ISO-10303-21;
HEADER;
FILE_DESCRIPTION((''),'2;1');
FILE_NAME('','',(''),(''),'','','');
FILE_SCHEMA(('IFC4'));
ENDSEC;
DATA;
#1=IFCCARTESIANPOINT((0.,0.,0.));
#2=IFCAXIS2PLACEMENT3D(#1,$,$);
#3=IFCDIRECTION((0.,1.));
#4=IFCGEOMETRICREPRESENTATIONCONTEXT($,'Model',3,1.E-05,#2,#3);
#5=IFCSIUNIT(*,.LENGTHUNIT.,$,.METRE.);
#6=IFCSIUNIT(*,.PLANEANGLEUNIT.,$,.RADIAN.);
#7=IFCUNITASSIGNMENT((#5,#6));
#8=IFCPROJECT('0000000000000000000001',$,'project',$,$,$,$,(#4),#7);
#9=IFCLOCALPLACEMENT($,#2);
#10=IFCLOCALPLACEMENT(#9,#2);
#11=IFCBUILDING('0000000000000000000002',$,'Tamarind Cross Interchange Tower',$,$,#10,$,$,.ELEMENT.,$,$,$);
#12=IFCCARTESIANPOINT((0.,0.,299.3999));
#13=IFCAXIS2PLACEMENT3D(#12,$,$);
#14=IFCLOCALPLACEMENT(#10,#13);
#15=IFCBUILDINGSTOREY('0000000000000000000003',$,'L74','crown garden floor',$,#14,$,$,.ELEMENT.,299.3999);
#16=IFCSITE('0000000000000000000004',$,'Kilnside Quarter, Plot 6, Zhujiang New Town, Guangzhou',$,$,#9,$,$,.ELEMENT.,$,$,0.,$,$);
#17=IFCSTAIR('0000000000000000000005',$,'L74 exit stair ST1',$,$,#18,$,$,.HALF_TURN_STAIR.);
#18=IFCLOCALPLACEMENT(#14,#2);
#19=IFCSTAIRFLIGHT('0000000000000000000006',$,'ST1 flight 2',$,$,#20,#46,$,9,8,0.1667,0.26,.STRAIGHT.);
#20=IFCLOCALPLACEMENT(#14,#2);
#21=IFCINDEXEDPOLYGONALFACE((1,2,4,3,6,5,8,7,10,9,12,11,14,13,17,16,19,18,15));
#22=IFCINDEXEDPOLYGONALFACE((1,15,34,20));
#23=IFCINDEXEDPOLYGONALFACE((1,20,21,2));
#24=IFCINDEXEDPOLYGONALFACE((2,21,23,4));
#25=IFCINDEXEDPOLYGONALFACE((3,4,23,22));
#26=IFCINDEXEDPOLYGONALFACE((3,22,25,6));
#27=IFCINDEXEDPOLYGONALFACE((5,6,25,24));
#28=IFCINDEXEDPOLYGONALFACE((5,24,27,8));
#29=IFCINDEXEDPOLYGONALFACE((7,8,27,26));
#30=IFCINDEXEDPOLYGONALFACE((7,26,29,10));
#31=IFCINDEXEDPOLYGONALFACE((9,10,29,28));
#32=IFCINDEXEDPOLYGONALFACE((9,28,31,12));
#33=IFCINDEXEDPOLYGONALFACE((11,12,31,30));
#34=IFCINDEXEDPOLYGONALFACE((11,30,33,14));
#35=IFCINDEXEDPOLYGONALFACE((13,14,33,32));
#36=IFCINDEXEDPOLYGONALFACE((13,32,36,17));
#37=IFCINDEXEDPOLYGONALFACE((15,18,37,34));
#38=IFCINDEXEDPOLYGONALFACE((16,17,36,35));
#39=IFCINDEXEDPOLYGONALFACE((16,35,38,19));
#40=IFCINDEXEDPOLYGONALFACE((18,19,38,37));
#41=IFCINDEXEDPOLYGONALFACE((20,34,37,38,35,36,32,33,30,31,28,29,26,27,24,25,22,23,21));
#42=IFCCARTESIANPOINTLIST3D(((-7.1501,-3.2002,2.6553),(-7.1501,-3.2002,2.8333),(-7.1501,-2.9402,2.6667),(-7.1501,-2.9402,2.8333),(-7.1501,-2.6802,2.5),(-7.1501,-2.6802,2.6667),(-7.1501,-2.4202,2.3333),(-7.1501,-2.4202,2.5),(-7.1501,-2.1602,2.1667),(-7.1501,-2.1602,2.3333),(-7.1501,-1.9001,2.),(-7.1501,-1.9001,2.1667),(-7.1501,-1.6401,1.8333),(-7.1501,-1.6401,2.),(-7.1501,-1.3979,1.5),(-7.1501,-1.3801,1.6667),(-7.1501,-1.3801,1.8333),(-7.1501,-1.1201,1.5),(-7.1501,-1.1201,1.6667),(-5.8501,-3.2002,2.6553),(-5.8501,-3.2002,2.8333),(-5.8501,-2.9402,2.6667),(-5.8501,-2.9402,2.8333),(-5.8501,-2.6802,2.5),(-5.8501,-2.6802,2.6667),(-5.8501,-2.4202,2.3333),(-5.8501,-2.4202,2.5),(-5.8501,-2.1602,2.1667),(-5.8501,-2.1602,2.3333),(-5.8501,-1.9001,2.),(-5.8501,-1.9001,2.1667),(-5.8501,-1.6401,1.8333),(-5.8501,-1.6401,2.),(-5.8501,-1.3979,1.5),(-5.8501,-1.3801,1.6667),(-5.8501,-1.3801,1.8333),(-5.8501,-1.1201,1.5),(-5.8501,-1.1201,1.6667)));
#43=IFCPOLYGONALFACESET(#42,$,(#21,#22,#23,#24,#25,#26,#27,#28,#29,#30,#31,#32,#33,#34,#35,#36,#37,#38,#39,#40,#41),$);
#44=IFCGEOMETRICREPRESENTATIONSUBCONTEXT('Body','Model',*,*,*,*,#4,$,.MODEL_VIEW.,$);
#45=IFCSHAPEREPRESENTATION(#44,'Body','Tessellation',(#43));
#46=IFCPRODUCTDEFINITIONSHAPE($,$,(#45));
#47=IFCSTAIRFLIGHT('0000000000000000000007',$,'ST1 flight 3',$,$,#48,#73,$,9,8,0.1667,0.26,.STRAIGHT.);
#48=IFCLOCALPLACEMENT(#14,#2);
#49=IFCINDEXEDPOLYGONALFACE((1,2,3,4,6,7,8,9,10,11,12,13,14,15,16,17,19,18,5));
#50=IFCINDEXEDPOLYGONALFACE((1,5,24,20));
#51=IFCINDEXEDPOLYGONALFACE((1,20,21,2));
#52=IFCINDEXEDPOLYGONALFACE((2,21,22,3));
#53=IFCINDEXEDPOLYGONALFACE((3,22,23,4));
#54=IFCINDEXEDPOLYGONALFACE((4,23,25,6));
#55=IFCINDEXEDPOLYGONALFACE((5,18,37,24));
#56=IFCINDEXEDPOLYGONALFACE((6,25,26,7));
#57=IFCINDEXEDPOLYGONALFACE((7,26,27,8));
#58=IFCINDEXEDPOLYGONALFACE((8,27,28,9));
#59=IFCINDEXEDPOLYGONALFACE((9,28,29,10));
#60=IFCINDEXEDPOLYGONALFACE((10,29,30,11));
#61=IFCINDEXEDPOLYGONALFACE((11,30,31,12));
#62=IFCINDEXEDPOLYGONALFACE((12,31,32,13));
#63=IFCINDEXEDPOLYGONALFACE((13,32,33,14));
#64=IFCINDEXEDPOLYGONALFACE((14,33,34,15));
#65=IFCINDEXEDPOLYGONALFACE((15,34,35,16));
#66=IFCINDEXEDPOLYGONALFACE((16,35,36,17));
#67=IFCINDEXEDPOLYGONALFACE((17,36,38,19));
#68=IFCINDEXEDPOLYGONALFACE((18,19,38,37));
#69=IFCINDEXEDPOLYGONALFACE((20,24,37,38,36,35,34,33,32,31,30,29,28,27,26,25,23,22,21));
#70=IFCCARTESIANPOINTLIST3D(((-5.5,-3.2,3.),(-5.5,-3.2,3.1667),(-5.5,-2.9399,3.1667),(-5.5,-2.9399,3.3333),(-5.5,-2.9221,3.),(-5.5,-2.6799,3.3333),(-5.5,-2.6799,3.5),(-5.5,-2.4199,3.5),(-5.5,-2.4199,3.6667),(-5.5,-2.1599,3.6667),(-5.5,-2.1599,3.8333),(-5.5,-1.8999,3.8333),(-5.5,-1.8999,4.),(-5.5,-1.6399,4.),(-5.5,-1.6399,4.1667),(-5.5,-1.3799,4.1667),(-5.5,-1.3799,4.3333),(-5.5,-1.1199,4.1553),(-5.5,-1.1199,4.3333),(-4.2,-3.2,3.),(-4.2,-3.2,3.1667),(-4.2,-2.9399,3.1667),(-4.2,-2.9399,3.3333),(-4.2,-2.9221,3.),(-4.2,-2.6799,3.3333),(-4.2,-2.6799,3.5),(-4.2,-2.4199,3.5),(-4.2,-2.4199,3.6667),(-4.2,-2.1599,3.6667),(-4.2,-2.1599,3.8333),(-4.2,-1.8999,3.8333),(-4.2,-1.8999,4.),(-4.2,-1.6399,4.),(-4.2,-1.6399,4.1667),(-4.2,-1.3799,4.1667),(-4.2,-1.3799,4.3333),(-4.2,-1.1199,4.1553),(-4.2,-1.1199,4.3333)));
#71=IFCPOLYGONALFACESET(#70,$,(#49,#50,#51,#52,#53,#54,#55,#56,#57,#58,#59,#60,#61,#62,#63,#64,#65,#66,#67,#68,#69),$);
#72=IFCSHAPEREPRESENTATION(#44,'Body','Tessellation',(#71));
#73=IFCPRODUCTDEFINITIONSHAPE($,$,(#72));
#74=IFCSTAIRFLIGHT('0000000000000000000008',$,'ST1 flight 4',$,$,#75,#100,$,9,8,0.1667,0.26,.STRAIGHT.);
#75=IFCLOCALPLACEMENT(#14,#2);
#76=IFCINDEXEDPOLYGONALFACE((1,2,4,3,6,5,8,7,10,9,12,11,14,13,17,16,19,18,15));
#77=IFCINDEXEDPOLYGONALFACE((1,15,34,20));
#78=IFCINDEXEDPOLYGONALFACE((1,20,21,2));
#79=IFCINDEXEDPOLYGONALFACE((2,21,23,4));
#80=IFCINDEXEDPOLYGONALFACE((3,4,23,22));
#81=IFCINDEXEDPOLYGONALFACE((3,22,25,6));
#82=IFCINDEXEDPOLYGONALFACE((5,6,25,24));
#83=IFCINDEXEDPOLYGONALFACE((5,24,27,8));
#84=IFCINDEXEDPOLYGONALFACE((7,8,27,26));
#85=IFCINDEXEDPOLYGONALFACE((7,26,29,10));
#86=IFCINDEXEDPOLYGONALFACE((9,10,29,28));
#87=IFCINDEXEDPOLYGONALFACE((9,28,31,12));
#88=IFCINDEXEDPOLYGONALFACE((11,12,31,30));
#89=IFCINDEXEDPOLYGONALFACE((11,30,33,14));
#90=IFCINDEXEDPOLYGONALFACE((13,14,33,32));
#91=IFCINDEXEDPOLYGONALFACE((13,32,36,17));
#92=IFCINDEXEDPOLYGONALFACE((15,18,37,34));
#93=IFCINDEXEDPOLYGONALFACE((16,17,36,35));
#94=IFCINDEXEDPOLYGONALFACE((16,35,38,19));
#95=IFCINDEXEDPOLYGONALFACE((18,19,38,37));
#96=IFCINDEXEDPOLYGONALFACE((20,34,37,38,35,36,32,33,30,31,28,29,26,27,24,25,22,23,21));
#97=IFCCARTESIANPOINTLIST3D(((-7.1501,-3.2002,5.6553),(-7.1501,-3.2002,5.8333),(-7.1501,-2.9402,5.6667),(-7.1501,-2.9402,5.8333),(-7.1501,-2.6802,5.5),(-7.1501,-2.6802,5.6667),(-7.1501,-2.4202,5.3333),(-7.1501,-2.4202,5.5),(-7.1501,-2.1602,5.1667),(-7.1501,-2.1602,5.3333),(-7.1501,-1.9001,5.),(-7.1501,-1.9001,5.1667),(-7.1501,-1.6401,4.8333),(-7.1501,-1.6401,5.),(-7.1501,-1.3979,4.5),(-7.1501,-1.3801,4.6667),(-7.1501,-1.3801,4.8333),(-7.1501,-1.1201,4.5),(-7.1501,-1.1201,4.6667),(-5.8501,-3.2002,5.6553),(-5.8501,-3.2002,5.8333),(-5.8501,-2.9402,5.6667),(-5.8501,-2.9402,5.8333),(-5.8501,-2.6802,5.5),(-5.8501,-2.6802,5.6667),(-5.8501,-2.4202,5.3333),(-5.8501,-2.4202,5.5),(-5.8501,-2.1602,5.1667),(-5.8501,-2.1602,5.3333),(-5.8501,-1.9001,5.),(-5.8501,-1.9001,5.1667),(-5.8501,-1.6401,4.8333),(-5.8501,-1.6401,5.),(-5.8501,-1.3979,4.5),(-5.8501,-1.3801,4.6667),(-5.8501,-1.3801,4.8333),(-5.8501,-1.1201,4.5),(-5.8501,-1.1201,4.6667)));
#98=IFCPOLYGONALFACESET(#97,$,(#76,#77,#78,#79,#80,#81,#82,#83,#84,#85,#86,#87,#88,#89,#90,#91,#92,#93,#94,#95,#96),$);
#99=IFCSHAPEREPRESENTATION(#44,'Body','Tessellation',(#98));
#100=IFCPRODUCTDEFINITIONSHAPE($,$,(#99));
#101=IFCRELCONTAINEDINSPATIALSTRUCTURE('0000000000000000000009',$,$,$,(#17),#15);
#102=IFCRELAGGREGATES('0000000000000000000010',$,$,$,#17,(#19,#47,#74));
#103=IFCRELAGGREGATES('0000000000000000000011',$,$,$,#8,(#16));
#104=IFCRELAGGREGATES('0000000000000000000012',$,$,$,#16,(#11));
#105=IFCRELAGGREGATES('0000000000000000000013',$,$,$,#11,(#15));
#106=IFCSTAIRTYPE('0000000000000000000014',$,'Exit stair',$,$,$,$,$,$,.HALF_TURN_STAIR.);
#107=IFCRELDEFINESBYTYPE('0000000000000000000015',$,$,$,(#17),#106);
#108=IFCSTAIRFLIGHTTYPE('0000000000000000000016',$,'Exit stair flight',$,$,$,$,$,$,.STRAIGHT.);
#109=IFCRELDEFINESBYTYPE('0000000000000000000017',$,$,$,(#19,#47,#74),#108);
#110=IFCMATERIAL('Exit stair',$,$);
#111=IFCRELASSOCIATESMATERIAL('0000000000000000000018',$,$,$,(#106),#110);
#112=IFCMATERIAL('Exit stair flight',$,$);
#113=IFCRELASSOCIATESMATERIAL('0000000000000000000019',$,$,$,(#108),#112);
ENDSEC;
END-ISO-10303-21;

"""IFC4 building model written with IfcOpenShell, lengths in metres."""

from ifc_helpers import new_model, si_unit, direction, frame, origin, place, context, subcontext, project, spatial, polyline, outline, extrude, material, type_object, element, aggregate, save


model = new_model("IFC4")

# Units and contexts
model_context = context("Model", 3, precision=1e-05, world=origin(), true_north=direction((0.0, 1.0)))
body_context = subcontext(model_context, "Body", "Model", "MODEL_VIEW")
ifc_project = project(units=[si_unit("LENGTHUNIT", "METRE"), si_unit("PLANEANGLEUNIT", "RADIAN")], contexts=[model_context])

# Site, building, storey
site_placement = place(None, origin())
site = spatial("IfcSite", under=ifc_project, at=site_placement, Name="Kilnside Quarter, Plot 6, Zhujiang New Town, Guangzhou", CompositionType="ELEMENT", RefElevation=0.0)
building_placement = place(site_placement, origin())
building = spatial("IfcBuilding", under=site, at=building_placement, Name="Tamarind Cross Interchange Tower", CompositionType="ELEMENT")
storey_placement = place(building_placement, frame((0.0, 0.0, 299.3999)))
storey = spatial("IfcBuildingStorey", under=building, at=storey_placement, Name="L74", Description="crown garden floor", CompositionType="ELEMENT", Elevation=299.3999)

# Stair, stair flights
ifc_material_1 = material(Name="Exit stair")
stair_type = type_object("IfcStairType", Name="Exit stair", PredefinedType="HALF_TURN_STAIR", material=ifc_material_1)
stair_placement = place(storey_placement, origin())
stair = element("IfcStair", 1, at=stair_placement, inside=storey, type_object=stair_type, Name="L74 exit stair ST1", PredefinedType="HALF_TURN_STAIR")
ifc_material_2 = material(Name="Exit stair flight")
stair_flight_type = type_object("IfcStairFlightType", Name="Exit stair flight", PredefinedType="STRAIGHT", material=ifc_material_2)
stair_flight_1_placement = place(storey_placement, frame((-6.5, -1.1201, 1.5), z_axis=(0.0, 0.0, 1.0), x_axis=(0.0, -1.0, 0.0)))
stair_flight_1 = element("IfcStairFlight", 2, at=stair_flight_1_placement, type_object=stair_flight_type, Name="ST1 flight 2", NumberOfRisers=9, NumberOfTreads=8, PredefinedType="STRAIGHT", RiserHeight=0.1667, TreadLength=0.26, context=body_context, shape_type="SweptSolid", body=[
    extrude(outline(polyline([(0.0, 0.0), (0.0, 0.1667), (0.26, 0.1667), (0.26, 0.3333), (0.52, 0.3333), (0.52, 0.5), (0.78, 0.5), (0.78, 0.6667), (1.04, 0.6667), (1.04, 0.8333), (1.3, 0.8333), (1.3, 1.0), (1.5601, 1.0), (1.5601, 1.1667), (1.8201, 1.1667), (1.8201, 1.3333), (2.0801, 1.3333), (2.0801, 1.5), (2.0801, 1.1553), (0.2778, 0.0), (0.0, 0.0)])), frame((0.0, 0.6499, 0.0), z_axis=(0.0, -1.0, 0.0), x_axis=(1.0, 0.0, 0.0)), (0.0, 0.0, 1.0), 1.3),
])
stair_flight_2_placement = place(storey_placement, frame((-4.8501, -3.2, 3.0), z_axis=(0.0, 0.0, 1.0), x_axis=(0.0, 1.0, 0.0)))
stair_flight_2 = element("IfcStairFlight", 3, at=stair_flight_2_placement, type_object=stair_flight_type, Name="ST1 flight 3", NumberOfRisers=9, NumberOfTreads=8, PredefinedType="STRAIGHT", RiserHeight=0.1667, TreadLength=0.26, context=body_context, shape_type="SweptSolid", body=[
    extrude(outline(polyline([(0.0, 0.0), (0.0, 0.1667), (0.26, 0.1667), (0.26, 0.3333), (0.52, 0.3333), (0.52, 0.5), (0.78, 0.5), (0.78, 0.6667), (1.04, 0.6667), (1.04, 0.8333), (1.3, 0.8333), (1.3, 1.0), (1.5601, 1.0), (1.5601, 1.1667), (1.8201, 1.1667), (1.8201, 1.3333), (2.0801, 1.3333), (2.0801, 1.5), (2.0801, 1.1553), (0.2778, 0.0), (0.0, 0.0)])), frame((0.0, 0.6499, 0.0), z_axis=(0.0, -1.0, 0.0), x_axis=(1.0, 0.0, 0.0)), (0.0, 0.0, 1.0), 1.3),
])
stair_flight_3_placement = place(storey_placement, frame((-6.5, -1.1201, 4.5), z_axis=(0.0, 0.0, 1.0), x_axis=(0.0, -1.0, 0.0)))
stair_flight_3 = element("IfcStairFlight", 4, at=stair_flight_3_placement, type_object=stair_flight_type, Name="ST1 flight 4", NumberOfRisers=9, NumberOfTreads=8, PredefinedType="STRAIGHT", RiserHeight=0.1667, TreadLength=0.26, context=body_context, shape_type="SweptSolid", body=[
    extrude(outline(polyline([(0.0, 0.0), (0.0, 0.1667), (0.26, 0.1667), (0.26, 0.3333), (0.52, 0.3333), (0.52, 0.5), (0.78, 0.5), (0.78, 0.6667), (1.04, 0.6667), (1.04, 0.8333), (1.3, 0.8333), (1.3, 1.0), (1.5601, 1.0), (1.5601, 1.1667), (1.8201, 1.1667), (1.8201, 1.3333), (2.0801, 1.3333), (2.0801, 1.5), (2.0801, 1.1553), (0.2778, 0.0), (0.0, 0.0)])), frame((0.0, 0.6499, 0.0), z_axis=(0.0, -1.0, 0.0), x_axis=(1.0, 0.0, 0.0)), (0.0, 0.0, 1.0), 1.3),
])
aggregate(stair, [stair_flight_1, stair_flight_2, stair_flight_3])

save(model, "model.ifc")
